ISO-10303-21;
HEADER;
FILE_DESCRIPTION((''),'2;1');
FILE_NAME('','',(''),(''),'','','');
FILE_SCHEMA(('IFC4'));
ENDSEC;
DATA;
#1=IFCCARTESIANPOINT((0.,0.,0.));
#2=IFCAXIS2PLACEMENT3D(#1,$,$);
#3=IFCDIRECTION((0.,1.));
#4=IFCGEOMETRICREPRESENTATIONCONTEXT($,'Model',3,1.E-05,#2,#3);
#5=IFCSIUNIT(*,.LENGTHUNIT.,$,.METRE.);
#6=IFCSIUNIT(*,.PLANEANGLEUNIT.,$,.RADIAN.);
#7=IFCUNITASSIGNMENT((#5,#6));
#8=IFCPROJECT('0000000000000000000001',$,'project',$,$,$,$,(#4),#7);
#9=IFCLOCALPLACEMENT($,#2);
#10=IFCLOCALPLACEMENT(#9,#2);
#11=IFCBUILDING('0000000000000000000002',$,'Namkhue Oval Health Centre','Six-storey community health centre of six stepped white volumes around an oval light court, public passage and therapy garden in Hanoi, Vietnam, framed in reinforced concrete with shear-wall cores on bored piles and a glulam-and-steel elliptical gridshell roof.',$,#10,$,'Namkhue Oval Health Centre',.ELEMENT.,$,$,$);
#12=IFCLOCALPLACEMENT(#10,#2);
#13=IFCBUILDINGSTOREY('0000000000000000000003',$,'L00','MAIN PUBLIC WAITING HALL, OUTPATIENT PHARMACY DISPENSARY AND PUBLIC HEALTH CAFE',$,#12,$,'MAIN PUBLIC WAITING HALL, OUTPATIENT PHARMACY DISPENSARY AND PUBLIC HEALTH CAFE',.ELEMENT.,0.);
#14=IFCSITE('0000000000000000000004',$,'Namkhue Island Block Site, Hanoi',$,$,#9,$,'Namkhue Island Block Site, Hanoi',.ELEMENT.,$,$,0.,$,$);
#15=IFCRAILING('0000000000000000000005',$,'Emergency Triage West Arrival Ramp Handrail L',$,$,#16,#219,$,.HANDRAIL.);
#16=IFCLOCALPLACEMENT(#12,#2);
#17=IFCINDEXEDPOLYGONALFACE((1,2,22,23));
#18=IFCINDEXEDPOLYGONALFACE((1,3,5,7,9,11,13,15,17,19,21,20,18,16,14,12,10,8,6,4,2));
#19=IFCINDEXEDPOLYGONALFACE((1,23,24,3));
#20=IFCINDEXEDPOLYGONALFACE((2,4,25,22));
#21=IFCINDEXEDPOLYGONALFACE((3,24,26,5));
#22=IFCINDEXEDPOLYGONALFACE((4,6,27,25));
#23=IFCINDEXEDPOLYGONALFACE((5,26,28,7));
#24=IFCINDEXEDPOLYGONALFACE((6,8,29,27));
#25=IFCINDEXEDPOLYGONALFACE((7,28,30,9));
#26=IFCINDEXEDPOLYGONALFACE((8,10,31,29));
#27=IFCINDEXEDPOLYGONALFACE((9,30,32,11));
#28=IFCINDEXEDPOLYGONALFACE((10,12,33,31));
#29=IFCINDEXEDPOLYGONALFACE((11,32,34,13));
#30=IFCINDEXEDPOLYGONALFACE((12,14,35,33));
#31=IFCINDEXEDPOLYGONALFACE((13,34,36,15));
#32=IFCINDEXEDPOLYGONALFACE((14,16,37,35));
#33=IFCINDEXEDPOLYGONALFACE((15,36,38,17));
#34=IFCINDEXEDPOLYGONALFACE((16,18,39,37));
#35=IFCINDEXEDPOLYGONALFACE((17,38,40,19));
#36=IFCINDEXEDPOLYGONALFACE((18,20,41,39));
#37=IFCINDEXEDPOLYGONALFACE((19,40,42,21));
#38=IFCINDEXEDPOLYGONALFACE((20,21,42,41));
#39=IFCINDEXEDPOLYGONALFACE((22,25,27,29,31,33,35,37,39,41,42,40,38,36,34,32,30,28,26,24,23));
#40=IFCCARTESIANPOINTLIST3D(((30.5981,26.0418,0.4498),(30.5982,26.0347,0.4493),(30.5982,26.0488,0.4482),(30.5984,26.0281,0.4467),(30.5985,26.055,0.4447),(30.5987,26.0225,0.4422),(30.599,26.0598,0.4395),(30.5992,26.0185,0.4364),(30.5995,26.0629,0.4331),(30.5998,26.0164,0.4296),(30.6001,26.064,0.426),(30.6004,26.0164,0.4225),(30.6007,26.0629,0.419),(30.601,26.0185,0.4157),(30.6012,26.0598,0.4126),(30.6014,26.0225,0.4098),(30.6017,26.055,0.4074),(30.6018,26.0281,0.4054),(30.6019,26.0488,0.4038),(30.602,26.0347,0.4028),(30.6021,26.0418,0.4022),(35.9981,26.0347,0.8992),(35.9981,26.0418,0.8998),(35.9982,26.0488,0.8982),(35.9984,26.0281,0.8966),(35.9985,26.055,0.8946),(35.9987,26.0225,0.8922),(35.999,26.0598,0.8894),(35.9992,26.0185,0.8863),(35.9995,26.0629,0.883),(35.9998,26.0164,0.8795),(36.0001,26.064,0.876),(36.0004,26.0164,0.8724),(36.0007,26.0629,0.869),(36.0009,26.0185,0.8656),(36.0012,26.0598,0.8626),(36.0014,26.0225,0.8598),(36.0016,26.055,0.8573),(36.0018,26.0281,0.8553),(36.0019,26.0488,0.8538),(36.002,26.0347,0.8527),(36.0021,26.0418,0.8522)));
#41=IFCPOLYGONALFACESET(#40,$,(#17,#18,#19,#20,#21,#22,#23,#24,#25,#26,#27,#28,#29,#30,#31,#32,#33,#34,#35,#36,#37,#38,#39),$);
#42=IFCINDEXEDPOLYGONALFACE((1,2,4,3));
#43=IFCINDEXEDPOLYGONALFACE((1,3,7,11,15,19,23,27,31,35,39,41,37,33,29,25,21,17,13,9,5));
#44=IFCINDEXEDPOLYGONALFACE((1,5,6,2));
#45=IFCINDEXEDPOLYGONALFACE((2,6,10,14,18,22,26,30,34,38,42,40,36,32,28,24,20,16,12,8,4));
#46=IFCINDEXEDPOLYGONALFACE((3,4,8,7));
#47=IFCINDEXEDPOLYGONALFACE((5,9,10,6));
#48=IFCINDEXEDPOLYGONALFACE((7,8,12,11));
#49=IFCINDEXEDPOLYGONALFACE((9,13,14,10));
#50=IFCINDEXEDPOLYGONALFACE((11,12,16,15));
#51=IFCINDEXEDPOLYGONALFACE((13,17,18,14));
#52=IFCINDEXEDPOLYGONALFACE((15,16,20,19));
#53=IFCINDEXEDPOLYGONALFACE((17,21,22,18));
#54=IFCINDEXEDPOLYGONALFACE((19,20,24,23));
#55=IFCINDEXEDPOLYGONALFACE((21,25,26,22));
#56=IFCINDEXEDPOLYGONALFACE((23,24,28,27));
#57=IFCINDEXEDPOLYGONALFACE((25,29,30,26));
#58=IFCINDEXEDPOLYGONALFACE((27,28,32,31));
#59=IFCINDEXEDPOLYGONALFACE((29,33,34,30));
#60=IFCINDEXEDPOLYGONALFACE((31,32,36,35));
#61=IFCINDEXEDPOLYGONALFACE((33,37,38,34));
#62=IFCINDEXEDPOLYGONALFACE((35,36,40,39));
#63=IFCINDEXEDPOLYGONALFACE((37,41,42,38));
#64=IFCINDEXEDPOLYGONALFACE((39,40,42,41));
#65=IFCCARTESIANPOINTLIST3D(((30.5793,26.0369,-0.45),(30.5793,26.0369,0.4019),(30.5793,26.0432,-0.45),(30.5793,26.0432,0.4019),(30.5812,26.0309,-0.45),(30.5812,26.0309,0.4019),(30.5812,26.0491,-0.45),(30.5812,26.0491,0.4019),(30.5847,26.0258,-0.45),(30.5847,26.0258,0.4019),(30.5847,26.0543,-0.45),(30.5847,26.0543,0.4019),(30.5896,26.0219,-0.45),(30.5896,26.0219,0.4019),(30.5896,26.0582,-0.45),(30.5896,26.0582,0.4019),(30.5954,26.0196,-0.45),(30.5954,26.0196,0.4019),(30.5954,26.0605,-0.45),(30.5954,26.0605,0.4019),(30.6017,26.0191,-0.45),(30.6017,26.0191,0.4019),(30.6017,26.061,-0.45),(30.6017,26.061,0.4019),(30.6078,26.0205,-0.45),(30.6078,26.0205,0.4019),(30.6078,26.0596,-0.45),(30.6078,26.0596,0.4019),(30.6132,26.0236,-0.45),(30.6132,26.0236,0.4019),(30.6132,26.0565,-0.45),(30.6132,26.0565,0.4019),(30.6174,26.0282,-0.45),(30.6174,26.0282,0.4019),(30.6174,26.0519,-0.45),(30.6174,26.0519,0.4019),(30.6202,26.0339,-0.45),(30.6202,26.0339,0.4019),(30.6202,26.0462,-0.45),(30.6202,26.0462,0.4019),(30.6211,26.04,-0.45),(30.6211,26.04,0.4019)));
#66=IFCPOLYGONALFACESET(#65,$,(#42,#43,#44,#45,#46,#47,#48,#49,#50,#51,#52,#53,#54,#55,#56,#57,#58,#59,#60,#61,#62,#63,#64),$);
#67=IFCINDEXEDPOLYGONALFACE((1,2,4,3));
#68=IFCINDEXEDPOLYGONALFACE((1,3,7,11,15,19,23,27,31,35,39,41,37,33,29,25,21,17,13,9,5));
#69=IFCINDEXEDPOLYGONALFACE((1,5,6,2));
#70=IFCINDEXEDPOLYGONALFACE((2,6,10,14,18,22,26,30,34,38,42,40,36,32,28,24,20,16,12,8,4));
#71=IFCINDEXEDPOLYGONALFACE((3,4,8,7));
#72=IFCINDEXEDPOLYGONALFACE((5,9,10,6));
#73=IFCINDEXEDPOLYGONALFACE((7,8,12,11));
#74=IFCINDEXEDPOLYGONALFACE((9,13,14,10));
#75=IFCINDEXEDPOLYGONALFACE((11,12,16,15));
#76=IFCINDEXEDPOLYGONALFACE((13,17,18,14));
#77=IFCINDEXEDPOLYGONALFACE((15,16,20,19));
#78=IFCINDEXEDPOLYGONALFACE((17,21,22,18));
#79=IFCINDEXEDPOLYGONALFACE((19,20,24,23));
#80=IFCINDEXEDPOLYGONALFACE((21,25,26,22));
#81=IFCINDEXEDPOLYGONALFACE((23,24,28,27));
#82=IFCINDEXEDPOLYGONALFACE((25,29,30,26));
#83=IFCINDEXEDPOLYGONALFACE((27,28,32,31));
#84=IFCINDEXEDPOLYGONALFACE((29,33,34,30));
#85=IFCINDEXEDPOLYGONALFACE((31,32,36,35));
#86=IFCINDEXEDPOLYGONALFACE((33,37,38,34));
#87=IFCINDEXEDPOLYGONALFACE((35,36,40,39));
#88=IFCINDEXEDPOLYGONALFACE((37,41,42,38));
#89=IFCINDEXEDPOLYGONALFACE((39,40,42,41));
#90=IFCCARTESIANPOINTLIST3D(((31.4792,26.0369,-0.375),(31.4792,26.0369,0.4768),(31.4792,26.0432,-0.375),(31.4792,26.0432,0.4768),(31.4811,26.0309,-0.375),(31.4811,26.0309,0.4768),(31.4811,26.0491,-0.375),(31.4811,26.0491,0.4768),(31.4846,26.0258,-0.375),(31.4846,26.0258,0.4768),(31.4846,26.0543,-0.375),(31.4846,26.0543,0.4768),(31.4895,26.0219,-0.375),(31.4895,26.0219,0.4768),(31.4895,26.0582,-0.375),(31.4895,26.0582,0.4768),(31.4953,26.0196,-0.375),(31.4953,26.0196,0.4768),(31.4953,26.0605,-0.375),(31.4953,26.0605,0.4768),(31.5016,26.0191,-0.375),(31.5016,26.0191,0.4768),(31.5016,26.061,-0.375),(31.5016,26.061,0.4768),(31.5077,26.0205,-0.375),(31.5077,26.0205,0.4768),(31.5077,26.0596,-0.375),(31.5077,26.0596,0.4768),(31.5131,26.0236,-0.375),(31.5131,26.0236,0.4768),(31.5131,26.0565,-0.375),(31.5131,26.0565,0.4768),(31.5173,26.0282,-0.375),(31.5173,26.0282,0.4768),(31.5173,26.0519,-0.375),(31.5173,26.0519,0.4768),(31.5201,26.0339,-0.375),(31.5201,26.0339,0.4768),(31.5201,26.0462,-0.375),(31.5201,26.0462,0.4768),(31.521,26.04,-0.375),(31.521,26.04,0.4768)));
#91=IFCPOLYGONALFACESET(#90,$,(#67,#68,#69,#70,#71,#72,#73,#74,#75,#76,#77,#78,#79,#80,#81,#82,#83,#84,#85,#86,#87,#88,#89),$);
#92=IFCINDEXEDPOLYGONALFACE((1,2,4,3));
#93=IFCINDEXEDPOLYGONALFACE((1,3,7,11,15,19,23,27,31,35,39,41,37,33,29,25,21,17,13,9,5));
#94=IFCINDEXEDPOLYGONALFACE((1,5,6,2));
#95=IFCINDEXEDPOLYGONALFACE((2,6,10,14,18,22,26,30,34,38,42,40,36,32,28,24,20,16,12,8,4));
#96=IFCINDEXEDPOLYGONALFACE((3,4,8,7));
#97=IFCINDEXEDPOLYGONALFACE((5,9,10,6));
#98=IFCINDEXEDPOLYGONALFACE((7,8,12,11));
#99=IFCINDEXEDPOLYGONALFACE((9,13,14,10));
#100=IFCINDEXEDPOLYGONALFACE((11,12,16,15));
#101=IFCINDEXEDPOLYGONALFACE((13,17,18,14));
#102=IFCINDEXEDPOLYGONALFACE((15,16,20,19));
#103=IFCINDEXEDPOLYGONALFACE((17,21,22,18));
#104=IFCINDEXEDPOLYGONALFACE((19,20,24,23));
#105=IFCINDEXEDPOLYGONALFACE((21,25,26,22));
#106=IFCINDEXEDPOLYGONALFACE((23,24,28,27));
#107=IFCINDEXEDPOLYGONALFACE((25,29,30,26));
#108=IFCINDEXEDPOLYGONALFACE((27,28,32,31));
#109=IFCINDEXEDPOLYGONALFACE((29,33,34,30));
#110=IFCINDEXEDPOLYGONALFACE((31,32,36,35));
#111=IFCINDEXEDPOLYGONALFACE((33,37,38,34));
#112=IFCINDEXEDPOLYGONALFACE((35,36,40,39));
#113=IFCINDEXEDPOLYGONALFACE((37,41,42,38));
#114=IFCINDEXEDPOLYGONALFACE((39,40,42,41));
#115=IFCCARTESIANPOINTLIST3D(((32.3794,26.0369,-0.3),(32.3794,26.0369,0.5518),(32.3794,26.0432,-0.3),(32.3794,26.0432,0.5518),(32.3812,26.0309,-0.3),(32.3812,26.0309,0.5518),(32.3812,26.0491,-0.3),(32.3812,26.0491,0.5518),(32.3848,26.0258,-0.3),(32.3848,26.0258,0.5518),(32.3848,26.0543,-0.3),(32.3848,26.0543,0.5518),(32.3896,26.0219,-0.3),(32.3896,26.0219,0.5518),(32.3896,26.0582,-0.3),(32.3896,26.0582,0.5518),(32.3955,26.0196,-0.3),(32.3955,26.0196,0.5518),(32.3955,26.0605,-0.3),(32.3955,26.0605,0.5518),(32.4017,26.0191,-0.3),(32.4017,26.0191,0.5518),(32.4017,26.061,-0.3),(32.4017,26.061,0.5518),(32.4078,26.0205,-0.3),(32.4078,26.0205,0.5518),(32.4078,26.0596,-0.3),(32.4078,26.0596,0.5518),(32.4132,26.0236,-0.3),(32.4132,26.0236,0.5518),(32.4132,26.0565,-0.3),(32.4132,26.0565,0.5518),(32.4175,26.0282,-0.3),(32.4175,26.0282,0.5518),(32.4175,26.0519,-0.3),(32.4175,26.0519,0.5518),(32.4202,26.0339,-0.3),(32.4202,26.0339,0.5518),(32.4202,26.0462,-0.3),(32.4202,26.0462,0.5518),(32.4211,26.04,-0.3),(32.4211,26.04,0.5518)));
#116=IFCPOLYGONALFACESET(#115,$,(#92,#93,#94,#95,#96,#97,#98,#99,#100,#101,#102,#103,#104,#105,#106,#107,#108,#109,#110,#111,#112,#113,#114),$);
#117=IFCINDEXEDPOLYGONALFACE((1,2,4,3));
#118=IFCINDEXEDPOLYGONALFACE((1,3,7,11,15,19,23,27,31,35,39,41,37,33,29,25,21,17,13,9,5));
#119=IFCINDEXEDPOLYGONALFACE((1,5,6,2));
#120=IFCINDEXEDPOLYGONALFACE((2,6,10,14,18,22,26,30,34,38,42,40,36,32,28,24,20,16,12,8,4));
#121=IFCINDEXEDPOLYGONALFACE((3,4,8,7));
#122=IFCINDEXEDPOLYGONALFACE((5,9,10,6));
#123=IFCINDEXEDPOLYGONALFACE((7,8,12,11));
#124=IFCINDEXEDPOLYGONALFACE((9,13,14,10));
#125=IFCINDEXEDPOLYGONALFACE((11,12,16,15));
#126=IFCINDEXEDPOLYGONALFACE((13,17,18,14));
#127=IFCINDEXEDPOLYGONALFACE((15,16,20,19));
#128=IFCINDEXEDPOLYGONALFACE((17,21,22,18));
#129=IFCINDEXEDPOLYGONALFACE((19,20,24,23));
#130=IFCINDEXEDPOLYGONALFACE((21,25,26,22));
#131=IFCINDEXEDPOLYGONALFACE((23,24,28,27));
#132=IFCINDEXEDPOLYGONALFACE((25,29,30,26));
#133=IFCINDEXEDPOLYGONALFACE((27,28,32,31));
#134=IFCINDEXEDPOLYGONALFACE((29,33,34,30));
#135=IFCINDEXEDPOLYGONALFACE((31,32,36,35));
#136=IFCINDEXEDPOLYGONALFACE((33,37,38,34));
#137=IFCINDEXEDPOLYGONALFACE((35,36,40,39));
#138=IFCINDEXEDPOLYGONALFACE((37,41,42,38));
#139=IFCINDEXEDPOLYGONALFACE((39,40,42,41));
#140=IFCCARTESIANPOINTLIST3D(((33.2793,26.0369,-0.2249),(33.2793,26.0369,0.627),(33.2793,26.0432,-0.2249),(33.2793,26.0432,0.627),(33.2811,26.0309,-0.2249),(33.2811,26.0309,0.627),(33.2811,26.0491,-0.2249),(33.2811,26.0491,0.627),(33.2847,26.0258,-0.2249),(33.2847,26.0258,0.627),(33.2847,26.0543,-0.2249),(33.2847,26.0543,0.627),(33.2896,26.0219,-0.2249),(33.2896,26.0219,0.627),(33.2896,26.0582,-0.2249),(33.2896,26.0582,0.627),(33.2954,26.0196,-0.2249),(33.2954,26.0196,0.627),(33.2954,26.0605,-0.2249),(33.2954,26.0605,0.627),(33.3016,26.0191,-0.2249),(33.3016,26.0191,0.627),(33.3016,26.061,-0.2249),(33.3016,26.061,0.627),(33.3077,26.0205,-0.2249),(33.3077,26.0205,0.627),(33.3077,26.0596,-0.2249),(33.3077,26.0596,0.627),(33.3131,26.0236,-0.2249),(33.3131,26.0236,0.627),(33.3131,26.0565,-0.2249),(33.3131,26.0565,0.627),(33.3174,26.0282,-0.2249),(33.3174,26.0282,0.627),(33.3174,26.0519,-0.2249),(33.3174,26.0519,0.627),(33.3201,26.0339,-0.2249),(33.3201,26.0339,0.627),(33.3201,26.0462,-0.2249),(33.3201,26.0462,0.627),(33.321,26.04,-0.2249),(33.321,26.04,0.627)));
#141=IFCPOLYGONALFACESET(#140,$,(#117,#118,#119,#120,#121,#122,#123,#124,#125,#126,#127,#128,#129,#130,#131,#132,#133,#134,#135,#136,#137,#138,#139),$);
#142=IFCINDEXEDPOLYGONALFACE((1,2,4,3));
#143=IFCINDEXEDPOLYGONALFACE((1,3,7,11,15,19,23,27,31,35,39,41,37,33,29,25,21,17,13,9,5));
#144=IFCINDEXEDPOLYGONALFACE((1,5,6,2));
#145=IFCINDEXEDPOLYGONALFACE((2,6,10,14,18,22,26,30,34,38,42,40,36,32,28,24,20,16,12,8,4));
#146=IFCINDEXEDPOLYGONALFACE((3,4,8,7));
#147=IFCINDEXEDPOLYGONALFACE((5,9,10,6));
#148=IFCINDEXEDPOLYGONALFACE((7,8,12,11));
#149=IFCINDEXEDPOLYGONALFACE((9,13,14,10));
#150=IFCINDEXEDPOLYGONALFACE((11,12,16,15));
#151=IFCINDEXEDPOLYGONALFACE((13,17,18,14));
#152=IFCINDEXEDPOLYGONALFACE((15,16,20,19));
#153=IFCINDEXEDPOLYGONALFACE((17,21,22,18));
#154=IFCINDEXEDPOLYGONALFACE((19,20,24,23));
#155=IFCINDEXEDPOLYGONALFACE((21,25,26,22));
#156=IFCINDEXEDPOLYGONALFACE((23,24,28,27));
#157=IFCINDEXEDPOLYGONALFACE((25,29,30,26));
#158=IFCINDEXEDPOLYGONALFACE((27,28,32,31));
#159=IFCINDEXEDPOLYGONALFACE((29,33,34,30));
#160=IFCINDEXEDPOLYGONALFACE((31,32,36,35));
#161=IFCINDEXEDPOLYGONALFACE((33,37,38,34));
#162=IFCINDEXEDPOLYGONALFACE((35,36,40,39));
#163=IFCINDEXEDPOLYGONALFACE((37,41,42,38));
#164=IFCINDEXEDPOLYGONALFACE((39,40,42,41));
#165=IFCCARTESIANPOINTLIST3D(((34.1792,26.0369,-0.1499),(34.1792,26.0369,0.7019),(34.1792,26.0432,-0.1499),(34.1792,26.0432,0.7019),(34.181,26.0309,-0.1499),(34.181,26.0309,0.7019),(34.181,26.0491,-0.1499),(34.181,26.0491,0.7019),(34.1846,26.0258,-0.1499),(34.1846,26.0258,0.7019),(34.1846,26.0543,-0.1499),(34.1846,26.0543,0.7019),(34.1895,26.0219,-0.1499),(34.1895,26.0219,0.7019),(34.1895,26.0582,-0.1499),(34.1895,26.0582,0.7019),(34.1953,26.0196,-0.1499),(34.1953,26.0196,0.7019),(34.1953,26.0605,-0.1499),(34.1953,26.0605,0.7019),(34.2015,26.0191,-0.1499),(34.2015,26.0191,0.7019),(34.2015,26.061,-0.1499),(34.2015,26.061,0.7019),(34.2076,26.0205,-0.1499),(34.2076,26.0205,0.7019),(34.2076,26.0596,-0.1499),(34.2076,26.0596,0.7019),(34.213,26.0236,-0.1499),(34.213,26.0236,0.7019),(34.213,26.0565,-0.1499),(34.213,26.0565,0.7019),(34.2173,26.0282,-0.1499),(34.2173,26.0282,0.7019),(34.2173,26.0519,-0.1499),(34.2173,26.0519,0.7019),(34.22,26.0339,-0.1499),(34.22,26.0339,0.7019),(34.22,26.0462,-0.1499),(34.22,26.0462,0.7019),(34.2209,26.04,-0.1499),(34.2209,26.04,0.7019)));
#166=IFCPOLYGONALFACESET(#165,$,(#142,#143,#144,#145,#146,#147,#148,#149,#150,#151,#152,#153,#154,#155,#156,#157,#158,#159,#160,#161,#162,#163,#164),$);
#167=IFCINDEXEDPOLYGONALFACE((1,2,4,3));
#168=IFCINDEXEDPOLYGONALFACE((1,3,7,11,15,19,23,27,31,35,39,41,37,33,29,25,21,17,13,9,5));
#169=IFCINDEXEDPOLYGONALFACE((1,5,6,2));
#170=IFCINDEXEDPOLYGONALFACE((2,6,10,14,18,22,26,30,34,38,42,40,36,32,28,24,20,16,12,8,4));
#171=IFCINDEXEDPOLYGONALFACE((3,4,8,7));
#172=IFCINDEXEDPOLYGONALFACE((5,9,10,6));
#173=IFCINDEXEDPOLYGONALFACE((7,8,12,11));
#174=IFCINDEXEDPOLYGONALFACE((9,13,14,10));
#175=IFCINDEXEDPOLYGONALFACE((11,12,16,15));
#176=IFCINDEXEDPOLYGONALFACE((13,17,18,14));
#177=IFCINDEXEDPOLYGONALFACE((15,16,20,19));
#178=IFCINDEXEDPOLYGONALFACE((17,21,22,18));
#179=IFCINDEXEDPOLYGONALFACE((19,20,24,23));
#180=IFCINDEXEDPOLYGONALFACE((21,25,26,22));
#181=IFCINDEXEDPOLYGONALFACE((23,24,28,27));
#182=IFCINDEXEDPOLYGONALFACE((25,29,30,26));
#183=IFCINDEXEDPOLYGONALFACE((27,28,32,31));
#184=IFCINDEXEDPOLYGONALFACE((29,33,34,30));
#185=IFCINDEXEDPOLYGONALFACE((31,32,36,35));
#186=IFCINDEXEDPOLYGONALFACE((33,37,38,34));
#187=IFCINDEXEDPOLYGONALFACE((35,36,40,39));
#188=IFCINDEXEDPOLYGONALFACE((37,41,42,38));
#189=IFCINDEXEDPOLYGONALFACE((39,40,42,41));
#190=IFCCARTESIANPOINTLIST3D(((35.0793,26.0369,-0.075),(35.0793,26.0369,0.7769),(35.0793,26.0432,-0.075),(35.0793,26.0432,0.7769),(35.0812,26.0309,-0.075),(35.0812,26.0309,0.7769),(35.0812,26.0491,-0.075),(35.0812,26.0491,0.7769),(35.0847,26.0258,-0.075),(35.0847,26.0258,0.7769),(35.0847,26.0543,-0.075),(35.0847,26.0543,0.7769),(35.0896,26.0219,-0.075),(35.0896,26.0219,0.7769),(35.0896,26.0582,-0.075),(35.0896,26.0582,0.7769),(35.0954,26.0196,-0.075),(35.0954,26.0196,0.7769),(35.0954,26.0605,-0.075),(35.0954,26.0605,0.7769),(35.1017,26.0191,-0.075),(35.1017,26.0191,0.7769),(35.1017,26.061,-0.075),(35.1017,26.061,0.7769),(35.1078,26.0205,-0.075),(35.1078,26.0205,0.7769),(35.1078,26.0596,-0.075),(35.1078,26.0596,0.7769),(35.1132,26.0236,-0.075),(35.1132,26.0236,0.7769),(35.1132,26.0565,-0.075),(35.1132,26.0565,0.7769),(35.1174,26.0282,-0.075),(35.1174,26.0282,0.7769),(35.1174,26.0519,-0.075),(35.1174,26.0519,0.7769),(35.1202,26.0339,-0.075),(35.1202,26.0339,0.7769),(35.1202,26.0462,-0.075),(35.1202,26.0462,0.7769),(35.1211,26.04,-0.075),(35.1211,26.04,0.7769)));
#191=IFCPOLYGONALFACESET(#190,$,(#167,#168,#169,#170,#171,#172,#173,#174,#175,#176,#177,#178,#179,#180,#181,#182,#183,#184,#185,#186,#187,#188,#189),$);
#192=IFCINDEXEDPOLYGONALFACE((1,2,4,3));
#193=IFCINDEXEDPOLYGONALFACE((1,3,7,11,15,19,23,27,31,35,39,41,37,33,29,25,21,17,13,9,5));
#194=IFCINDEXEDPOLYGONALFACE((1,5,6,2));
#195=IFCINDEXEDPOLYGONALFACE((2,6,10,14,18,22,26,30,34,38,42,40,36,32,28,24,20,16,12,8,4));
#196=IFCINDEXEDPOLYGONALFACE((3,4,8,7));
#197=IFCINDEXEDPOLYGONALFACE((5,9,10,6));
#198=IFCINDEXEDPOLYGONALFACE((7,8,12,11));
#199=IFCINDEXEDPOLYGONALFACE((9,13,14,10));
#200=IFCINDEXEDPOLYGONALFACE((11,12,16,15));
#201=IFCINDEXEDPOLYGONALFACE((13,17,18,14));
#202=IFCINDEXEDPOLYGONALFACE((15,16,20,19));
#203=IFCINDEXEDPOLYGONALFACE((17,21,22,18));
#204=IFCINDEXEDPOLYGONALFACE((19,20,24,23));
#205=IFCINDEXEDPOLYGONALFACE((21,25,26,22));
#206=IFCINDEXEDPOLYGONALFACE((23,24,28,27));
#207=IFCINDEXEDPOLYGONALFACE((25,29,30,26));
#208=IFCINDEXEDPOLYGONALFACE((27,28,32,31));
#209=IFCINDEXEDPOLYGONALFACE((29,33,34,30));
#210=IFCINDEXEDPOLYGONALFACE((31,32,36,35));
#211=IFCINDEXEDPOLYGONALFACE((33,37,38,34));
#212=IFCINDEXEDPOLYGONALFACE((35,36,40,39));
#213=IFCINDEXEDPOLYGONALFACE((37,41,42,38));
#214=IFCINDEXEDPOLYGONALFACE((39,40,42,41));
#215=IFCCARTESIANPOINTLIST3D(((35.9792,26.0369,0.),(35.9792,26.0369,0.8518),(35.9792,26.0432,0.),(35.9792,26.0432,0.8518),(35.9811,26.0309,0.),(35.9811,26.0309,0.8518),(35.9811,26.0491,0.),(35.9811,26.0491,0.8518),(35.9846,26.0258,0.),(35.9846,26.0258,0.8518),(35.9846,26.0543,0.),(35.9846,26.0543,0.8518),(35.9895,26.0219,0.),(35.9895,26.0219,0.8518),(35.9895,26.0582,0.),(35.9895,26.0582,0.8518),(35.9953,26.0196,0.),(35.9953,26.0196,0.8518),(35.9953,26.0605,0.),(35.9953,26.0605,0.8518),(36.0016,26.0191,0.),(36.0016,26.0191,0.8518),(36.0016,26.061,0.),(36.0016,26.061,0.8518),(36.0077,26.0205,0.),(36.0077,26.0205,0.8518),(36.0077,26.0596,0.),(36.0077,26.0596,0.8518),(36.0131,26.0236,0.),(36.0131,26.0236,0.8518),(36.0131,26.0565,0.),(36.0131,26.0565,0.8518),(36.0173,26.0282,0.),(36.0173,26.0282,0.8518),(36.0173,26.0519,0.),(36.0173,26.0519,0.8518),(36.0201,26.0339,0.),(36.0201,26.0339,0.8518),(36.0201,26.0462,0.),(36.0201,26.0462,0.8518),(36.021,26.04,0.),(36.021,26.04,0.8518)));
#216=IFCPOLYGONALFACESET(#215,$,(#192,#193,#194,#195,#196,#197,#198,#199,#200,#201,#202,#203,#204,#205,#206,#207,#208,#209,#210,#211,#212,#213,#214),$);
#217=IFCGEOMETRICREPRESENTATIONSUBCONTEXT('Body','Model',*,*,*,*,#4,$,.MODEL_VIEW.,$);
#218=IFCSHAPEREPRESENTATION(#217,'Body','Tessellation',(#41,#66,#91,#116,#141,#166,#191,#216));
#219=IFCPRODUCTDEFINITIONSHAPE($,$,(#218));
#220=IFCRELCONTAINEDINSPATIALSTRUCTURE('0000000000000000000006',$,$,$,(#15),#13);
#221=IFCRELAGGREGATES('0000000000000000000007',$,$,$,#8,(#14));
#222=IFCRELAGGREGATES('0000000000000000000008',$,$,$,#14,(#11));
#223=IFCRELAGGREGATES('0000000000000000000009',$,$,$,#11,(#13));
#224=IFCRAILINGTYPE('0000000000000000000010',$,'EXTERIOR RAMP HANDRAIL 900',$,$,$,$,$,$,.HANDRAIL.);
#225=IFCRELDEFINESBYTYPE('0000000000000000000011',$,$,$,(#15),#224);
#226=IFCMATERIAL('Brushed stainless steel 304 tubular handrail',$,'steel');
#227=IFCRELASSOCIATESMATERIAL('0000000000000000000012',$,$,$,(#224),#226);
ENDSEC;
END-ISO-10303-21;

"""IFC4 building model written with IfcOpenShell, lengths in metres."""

from ifc_helpers import new_model, si_unit, direction, frame, origin, origin_2d, place, context, subcontext, project, spatial, circle, extrude, material, type_object, element, save


model = new_model("IFC4")

# Units and contexts
model_context = context("Model", 3, precision=1e-05, world=origin(), true_north=direction((0.0, 1.0)))
body_context = subcontext(model_context, "Body", "Model", "MODEL_VIEW")
ifc_project = project(units=[si_unit("LENGTHUNIT", "METRE"), si_unit("PLANEANGLEUNIT", "RADIAN")], contexts=[model_context])

# Site, building, storey
site_placement = place(None, origin())
site = spatial("IfcSite", under=ifc_project, at=site_placement, Name="Namkhue Island Block Site, Hanoi", LongName="Namkhue Island Block Site, Hanoi", CompositionType="ELEMENT", RefElevation=0.0)
building_placement = place(site_placement, origin())
building = spatial("IfcBuilding", under=site, at=building_placement, Name="Namkhue Oval Health Centre", Description="Six-storey community health centre of six stepped white volumes around an oval light court, public passage and therapy garden in Hanoi, Vietnam, framed in reinforced concrete with shear-wall cores on bored piles and a glulam-and-steel elliptical gridshell roof.", LongName="Namkhue Oval Health Centre", CompositionType="ELEMENT")
storey_placement = place(building_placement, origin())
storey = spatial("IfcBuildingStorey", under=building, at=storey_placement, Name="L00", Description="MAIN PUBLIC WAITING HALL, OUTPATIENT PHARMACY DISPENSARY AND PUBLIC HEALTH CAFE", LongName="MAIN PUBLIC WAITING HALL, OUTPATIENT PHARMACY DISPENSARY AND PUBLIC HEALTH CAFE", CompositionType="ELEMENT", Elevation=0.0)

# Railing
ifc_material_1 = material(Name="Brushed stainless steel 304 tubular handrail", Category="steel")
railing_type = type_object("IfcRailingType", Name="EXTERIOR RAMP HANDRAIL 900", PredefinedType="HANDRAIL", material=ifc_material_1)
railing_placement = place(storey_placement, frame((30.6001, 26.04, -0.45)))
element("IfcRailing", 1, at=railing_placement, inside=storey, type_object=railing_type, Name="Emergency Triage West Arrival Ramp Handrail L", PredefinedType="HANDRAIL", context=body_context, shape_type="SweptSolid", body=[
    extrude(circle(Radius=0.0239, at=origin_2d()), frame((0.0, 0.0, 0.876), z_axis=(0.996546, 0.0, 0.083038), x_axis=(0.0, 1.0, 0.0)), (0.0, 0.0, 1.0), 5.4187),
    extrude(circle(Radius=0.021, at=origin_2d()), origin(), (0.0, 0.0, 1.0), 0.8518),
    extrude(circle(Radius=0.021, at=origin_2d()), frame((0.8999, 0.0, 0.075)), (0.0, 0.0, 1.0), 0.8518),
    extrude(circle(Radius=0.021, at=origin_2d()), frame((1.8, 0.0, 0.1499)), (0.0, 0.0, 1.0), 0.8518),
    extrude(circle(Radius=0.021, at=origin_2d()), frame((2.7, 0.0, 0.2251)), (0.0, 0.0, 1.0), 0.8518),
    extrude(circle(Radius=0.021, at=origin_2d()), frame((3.5999, 0.0, 0.3)), (0.0, 0.0, 1.0), 0.8518),
    extrude(circle(Radius=0.021, at=origin_2d()), frame((4.5, 0.0, 0.375)), (0.0, 0.0, 1.0), 0.8518),
    extrude(circle(Radius=0.021, at=origin_2d()), frame((5.3999, 0.0, 0.45)), (0.0, 0.0, 1.0), 0.8518),
])

save(model, "model.ifc")
